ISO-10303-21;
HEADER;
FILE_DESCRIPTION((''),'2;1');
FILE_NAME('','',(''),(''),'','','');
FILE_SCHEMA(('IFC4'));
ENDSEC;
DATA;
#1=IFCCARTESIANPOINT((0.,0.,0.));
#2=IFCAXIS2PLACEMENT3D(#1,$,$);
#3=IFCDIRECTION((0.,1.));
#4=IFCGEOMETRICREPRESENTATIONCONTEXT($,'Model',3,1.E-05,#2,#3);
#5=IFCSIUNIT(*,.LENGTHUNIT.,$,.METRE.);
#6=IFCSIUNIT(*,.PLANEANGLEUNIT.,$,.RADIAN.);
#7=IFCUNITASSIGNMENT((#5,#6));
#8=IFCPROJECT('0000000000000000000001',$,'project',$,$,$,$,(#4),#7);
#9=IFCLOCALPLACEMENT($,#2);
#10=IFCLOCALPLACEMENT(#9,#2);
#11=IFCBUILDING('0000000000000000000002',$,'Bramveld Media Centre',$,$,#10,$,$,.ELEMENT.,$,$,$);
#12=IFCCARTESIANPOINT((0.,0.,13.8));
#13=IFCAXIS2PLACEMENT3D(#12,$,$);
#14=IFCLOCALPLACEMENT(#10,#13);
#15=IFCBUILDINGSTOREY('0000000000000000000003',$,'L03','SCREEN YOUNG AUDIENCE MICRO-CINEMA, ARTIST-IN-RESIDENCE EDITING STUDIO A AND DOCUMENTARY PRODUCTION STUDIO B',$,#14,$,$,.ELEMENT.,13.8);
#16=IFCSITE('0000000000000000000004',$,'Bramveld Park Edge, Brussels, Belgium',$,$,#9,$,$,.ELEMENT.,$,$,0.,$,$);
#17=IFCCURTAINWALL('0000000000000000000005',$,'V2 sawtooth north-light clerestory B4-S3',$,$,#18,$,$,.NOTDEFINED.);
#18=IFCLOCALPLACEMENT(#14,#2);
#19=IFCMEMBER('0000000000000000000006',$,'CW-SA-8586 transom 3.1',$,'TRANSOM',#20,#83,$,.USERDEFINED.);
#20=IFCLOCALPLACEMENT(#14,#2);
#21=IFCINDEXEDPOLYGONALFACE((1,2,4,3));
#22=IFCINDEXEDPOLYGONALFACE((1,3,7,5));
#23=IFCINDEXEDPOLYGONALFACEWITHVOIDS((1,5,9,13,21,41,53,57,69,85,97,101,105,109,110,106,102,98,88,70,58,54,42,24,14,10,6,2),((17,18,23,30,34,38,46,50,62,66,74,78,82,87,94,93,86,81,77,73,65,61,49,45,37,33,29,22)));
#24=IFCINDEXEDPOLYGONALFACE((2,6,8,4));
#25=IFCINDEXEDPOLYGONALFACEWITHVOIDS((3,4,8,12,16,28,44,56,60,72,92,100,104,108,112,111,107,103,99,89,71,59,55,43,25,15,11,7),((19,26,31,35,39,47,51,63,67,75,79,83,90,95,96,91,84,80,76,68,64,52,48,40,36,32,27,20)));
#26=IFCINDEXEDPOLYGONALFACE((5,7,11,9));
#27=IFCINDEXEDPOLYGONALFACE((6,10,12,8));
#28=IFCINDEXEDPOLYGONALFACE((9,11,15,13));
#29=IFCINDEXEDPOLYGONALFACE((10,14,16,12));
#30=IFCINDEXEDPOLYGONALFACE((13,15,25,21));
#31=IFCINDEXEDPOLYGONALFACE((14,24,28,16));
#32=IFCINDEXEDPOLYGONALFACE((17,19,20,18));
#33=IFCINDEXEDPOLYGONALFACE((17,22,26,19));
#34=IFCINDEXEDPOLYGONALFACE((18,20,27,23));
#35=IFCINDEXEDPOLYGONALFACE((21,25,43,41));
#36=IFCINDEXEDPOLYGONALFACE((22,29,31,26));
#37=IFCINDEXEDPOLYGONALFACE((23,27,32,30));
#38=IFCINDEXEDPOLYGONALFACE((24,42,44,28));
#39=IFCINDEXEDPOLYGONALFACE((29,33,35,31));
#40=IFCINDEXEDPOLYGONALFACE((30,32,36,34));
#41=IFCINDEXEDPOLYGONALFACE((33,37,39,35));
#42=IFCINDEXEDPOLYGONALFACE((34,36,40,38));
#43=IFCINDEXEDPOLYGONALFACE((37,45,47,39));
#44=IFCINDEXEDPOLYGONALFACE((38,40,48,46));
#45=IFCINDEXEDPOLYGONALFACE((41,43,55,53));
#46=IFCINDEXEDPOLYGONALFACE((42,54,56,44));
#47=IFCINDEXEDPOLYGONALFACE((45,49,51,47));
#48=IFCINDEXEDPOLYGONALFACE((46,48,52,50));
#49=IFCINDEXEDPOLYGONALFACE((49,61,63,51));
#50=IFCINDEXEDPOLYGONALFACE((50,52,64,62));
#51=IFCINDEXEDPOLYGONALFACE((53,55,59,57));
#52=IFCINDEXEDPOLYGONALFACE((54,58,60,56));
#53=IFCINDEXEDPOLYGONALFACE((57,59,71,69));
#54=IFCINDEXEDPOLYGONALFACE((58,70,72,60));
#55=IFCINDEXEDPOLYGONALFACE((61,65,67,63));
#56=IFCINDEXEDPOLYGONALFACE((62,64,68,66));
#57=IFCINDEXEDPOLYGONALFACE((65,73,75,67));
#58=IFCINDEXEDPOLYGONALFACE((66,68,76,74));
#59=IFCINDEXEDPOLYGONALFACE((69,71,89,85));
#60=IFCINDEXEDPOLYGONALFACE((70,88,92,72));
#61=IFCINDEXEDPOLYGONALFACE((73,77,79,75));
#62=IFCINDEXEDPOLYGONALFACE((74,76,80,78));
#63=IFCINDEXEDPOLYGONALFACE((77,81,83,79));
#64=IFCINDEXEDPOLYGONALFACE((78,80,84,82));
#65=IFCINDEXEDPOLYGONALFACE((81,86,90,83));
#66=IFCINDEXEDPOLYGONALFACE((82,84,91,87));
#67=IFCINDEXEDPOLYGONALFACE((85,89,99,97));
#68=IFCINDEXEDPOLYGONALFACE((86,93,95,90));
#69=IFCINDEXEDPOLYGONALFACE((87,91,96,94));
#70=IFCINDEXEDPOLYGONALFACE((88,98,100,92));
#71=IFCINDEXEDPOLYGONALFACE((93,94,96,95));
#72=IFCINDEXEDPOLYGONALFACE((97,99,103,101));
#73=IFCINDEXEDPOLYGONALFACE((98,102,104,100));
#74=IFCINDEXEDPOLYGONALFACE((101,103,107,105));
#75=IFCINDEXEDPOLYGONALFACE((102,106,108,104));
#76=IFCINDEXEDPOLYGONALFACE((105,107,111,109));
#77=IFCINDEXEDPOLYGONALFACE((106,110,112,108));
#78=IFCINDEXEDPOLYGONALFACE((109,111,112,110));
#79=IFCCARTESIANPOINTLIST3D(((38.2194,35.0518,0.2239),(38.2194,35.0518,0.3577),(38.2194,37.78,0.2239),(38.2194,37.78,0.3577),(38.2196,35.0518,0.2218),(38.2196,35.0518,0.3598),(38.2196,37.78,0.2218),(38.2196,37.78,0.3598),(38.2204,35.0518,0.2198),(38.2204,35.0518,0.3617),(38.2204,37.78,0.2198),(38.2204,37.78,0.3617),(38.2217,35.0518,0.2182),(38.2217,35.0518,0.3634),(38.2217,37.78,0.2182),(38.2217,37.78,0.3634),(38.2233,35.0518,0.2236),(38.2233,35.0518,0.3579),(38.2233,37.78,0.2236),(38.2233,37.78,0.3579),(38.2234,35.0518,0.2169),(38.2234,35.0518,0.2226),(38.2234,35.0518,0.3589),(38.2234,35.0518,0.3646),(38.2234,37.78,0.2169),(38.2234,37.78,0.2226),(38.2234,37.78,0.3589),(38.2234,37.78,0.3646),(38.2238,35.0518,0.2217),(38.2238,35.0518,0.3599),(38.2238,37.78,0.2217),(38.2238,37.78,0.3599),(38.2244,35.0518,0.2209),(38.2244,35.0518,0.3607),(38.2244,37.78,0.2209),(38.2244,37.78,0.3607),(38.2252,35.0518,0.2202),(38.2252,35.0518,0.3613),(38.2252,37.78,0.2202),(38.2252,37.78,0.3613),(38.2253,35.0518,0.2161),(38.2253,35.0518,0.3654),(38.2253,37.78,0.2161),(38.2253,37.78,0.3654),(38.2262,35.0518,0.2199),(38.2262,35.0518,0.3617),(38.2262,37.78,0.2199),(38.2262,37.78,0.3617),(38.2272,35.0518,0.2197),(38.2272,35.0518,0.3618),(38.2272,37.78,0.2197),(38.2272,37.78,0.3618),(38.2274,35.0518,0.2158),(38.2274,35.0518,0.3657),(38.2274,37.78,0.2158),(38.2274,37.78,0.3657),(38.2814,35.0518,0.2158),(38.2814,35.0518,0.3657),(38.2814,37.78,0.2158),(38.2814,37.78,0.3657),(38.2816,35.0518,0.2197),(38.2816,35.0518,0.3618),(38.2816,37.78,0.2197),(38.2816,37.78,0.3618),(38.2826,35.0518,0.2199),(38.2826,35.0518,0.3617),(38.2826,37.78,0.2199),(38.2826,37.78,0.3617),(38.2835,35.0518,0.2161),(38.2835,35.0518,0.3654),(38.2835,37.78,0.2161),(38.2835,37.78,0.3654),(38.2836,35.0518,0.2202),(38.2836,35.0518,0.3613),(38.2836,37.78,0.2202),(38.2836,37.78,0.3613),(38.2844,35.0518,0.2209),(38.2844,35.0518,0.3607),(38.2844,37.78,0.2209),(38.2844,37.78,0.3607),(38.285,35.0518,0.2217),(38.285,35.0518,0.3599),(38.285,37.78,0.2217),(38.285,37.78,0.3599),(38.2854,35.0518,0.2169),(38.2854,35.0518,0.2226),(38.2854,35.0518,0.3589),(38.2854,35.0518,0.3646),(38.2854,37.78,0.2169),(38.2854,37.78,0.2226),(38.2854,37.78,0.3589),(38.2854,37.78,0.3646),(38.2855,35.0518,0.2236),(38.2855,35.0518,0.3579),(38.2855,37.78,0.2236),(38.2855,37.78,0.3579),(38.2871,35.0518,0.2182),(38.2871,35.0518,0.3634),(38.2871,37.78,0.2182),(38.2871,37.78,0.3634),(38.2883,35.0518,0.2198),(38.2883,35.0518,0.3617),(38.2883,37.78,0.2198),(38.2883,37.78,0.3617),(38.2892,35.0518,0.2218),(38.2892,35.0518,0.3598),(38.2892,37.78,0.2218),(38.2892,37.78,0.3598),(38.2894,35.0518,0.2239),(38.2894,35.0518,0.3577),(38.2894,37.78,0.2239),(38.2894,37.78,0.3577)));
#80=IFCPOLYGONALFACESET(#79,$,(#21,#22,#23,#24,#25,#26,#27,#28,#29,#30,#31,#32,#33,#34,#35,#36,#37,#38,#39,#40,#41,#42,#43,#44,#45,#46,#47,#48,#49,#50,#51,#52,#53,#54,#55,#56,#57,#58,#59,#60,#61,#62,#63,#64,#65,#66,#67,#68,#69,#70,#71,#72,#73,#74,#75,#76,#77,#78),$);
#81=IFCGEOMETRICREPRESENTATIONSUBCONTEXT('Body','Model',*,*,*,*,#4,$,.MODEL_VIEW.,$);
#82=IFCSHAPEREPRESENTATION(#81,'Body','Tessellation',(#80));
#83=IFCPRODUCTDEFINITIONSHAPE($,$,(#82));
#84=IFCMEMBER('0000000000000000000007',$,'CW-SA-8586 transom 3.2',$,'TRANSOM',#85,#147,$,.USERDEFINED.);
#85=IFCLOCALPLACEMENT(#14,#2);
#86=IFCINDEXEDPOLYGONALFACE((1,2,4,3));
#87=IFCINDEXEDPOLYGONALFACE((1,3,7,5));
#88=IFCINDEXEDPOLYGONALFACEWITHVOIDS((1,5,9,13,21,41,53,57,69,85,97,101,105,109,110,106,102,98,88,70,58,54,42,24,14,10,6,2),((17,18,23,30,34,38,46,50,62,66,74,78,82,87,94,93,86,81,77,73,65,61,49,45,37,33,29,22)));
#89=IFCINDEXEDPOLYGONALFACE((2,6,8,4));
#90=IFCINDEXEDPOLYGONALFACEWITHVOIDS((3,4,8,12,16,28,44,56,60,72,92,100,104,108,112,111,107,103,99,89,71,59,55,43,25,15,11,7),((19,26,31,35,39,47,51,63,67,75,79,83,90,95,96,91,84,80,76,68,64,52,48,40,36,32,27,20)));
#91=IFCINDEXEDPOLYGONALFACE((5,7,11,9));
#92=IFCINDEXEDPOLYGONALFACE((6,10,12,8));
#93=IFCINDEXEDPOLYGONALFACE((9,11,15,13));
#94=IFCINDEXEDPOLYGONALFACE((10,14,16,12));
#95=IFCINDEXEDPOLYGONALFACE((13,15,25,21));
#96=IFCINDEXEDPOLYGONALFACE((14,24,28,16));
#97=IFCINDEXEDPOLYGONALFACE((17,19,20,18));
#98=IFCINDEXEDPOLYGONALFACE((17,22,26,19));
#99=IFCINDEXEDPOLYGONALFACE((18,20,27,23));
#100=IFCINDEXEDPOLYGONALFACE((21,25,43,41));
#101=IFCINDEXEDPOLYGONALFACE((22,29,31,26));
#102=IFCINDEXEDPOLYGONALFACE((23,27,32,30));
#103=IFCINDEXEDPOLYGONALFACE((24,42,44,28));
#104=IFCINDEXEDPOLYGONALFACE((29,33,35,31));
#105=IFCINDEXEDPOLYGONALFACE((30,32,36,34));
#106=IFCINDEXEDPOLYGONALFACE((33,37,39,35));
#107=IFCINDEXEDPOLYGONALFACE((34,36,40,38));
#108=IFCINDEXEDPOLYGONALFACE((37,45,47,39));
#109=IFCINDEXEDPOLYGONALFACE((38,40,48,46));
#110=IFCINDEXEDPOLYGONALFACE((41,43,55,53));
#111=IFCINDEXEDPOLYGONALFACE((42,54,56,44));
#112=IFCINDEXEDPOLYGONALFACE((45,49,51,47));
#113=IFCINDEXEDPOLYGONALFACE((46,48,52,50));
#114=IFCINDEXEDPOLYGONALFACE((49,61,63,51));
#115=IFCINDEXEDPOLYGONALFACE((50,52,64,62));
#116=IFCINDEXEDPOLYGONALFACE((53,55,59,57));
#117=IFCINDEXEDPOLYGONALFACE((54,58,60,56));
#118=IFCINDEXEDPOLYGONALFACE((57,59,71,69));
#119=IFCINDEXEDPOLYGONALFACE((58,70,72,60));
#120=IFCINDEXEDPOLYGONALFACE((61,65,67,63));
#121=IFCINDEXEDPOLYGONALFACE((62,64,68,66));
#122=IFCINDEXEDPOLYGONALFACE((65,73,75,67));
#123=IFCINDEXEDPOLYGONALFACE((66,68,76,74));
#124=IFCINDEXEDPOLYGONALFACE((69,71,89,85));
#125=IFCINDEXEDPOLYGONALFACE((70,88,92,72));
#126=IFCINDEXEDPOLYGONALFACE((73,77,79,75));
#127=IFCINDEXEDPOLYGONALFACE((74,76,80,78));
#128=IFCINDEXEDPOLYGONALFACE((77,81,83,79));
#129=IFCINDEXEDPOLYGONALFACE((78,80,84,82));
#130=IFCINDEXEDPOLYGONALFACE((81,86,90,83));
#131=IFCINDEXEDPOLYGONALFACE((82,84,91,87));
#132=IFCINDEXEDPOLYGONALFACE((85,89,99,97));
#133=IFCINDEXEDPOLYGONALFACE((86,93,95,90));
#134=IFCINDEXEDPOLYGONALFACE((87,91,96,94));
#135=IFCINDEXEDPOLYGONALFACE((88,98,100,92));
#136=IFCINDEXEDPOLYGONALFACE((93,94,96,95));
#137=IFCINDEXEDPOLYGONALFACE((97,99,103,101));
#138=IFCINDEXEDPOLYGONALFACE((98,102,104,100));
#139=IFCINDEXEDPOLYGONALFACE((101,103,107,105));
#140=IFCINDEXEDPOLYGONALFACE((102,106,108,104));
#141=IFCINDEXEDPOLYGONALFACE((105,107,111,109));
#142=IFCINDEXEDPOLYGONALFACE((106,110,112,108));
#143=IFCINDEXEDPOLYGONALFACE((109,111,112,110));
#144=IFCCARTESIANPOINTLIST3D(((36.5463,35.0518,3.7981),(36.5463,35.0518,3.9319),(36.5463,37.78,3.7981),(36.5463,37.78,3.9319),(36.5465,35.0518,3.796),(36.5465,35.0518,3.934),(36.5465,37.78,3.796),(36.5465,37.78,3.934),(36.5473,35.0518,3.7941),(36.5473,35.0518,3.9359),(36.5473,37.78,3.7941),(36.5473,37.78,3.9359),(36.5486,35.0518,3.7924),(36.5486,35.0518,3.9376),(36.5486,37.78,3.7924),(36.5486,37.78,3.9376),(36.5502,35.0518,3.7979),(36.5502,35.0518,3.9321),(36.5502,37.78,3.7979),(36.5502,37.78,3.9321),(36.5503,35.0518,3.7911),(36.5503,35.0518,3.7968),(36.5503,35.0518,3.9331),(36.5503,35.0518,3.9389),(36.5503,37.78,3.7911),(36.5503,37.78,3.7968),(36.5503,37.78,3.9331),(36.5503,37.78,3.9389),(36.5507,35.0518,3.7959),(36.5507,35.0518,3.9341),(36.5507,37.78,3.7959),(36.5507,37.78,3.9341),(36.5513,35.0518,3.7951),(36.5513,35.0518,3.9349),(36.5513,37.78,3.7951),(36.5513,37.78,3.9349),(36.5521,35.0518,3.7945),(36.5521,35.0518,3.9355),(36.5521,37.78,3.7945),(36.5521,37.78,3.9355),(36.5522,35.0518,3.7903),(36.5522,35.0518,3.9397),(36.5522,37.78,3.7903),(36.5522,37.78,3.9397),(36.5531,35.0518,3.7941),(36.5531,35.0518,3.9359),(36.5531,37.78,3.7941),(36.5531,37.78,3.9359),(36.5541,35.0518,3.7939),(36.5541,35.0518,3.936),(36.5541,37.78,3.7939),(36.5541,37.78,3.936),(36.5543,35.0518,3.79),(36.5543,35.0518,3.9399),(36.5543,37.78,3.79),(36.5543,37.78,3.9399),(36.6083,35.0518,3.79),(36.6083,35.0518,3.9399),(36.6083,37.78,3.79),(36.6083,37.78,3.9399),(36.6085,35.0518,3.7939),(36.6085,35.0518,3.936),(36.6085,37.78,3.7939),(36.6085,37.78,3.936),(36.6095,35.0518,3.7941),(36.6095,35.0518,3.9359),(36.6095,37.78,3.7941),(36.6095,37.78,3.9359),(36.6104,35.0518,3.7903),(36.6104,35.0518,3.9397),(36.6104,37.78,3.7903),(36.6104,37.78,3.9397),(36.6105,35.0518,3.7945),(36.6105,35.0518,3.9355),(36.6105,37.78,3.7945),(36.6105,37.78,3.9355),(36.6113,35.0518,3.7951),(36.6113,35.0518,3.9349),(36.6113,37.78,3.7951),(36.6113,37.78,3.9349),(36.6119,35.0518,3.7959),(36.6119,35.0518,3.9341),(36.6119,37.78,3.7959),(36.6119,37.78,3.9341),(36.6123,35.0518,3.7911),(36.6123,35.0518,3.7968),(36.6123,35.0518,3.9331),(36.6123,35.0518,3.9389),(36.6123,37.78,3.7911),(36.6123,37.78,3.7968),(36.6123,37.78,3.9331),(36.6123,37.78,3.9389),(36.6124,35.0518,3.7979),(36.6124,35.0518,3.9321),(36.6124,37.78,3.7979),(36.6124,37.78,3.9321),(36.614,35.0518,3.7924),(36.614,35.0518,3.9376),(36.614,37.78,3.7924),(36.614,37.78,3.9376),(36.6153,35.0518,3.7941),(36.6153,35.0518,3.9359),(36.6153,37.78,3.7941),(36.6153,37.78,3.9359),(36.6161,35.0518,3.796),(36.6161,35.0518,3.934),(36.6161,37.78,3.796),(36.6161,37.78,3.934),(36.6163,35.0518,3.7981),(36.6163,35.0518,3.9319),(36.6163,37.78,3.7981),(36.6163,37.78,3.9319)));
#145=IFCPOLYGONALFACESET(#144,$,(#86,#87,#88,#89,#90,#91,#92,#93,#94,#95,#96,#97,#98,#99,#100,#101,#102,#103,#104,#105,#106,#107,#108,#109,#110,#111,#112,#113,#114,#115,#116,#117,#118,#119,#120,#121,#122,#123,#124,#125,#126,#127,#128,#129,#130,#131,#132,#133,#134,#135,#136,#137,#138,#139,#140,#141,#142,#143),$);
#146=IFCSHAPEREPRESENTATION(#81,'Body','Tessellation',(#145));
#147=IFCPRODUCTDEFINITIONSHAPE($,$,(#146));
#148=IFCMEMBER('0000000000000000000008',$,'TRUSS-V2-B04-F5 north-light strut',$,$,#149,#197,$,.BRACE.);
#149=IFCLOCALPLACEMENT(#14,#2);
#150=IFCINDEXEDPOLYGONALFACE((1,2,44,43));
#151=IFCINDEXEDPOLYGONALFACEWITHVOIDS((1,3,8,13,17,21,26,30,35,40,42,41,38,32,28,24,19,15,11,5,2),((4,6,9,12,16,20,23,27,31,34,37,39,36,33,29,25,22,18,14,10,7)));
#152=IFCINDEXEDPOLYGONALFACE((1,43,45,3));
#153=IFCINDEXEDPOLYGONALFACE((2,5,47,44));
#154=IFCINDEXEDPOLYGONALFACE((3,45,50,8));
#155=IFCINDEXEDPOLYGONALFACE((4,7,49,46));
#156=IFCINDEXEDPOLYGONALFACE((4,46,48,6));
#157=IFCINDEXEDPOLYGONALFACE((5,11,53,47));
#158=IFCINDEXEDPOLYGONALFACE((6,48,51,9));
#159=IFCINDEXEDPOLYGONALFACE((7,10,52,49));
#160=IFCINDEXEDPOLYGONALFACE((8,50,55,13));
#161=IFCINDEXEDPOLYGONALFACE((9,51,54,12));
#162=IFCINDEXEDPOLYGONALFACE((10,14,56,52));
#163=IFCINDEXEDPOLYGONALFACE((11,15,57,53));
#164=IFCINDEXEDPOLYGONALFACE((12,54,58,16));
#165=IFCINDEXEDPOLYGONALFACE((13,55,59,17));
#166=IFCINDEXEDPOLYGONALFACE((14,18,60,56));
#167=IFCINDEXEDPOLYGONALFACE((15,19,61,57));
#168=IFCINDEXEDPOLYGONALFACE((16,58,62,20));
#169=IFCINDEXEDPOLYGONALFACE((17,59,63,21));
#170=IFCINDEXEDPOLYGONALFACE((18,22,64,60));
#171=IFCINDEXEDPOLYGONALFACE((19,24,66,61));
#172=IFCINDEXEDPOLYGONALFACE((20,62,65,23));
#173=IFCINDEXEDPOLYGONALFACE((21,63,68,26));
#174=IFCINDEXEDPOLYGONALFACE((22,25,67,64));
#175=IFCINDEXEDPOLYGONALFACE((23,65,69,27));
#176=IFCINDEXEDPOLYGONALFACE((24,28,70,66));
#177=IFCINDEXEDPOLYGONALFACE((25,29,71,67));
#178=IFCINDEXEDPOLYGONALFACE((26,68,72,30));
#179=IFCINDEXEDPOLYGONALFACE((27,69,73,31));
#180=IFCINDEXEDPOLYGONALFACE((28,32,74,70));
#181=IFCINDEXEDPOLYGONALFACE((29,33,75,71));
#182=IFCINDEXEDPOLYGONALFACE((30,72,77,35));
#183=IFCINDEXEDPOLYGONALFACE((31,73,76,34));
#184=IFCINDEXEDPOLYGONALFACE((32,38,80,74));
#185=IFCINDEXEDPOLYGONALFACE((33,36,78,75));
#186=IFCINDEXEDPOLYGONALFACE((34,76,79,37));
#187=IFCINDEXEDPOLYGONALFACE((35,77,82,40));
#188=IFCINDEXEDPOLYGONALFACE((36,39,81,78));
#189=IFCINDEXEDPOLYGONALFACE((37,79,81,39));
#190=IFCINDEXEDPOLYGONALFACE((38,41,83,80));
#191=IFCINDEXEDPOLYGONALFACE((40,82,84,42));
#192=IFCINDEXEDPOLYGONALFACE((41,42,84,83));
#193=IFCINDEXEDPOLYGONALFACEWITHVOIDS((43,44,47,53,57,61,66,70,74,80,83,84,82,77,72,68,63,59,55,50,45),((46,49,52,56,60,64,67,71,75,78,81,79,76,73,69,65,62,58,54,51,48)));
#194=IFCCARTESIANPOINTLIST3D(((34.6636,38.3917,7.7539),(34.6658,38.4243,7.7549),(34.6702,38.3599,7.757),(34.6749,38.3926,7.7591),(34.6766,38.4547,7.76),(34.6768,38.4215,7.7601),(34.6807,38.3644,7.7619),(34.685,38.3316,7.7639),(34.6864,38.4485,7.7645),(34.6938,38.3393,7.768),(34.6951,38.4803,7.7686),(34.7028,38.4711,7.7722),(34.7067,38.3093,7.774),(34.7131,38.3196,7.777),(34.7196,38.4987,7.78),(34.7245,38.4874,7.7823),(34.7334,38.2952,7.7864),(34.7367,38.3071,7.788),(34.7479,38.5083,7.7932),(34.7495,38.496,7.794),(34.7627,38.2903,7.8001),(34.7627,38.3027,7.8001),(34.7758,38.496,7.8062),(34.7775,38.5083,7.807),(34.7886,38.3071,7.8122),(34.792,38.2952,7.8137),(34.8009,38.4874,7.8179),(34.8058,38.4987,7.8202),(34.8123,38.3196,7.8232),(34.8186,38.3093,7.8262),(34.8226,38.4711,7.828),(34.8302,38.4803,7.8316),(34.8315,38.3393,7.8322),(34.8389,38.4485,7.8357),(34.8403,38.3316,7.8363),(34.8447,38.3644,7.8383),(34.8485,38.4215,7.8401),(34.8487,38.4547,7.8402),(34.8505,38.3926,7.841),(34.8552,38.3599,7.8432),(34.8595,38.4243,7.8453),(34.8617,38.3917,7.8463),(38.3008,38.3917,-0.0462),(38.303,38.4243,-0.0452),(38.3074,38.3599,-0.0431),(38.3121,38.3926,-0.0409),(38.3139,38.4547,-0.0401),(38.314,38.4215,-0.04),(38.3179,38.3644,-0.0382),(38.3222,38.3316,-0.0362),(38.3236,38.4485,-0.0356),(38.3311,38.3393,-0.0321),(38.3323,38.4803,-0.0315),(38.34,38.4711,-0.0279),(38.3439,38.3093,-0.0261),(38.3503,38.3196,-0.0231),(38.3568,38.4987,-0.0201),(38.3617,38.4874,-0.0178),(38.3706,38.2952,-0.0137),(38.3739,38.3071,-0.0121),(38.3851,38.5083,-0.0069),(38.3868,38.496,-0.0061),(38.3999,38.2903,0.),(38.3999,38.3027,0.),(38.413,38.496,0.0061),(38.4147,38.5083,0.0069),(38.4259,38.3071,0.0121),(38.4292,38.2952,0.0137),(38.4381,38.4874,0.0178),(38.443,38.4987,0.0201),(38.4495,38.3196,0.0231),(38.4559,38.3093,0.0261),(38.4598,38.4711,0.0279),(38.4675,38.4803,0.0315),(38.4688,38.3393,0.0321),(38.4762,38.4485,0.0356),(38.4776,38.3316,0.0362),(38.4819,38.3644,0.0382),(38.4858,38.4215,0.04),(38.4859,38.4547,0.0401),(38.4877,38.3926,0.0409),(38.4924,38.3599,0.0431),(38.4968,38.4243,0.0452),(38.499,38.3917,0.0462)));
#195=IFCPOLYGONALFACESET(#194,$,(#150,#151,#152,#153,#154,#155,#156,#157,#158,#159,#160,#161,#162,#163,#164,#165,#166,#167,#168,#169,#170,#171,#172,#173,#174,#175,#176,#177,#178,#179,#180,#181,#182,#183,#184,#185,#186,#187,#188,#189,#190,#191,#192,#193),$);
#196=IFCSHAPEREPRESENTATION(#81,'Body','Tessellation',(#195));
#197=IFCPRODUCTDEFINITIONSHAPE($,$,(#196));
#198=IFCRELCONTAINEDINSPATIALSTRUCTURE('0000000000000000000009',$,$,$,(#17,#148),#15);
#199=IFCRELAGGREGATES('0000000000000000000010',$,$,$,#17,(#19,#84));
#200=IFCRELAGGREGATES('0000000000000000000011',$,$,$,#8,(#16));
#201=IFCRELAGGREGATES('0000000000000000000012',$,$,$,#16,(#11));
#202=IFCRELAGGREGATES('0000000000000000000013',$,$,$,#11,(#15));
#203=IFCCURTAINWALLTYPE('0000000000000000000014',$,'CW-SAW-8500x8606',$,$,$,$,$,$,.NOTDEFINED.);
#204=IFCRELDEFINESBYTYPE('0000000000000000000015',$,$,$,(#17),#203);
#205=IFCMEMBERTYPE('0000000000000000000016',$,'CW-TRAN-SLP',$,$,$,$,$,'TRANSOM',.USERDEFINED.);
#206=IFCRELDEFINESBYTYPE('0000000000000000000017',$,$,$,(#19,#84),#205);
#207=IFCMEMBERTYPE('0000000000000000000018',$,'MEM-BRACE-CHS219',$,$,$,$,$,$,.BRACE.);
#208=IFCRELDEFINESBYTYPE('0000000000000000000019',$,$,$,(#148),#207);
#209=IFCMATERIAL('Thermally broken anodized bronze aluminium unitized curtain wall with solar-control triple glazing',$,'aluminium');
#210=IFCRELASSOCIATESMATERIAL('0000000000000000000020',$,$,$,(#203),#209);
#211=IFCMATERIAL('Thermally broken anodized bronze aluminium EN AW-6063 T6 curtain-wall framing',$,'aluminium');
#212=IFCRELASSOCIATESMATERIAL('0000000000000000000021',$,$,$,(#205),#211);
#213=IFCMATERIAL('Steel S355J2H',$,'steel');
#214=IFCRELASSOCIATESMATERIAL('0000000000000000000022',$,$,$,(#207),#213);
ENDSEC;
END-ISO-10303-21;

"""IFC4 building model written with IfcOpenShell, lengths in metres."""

from ifc_helpers import new_model, si_unit, direction, frame, origin, origin_2d, place, context, subcontext, project, spatial, hollow_rectangle, hollow_circle, extrude, material, material_profile, profile_set, type_object, element, aggregate, save


model = new_model("IFC4")

# Units and contexts
model_context = context("Model", 3, precision=1e-05, world=origin(), true_north=direction((0.0, 1.0)))
body_context = subcontext(model_context, "Body", "Model", "MODEL_VIEW")
ifc_project = project(units=[si_unit("LENGTHUNIT", "METRE"), si_unit("PLANEANGLEUNIT", "RADIAN")], contexts=[model_context])

# Site, building, storey
site_placement = place(None, origin())
site = spatial("IfcSite", under=ifc_project, at=site_placement, Name="Bramveld Park Edge, Brussels, Belgium", CompositionType="ELEMENT", RefElevation=0.0)
building_placement = place(site_placement, origin())
building = spatial("IfcBuilding", under=site, at=building_placement, Name="Bramveld Media Centre", CompositionType="ELEMENT")
storey_placement = place(building_placement, frame((0.0, 0.0, 13.8)))
storey = spatial("IfcBuildingStorey", under=building, at=storey_placement, Name="L03", Description="SCREEN YOUNG AUDIENCE MICRO-CINEMA, ARTIST-IN-RESIDENCE EDITING STUDIO A AND DOCUMENTARY PRODUCTION STUDIO B", CompositionType="ELEMENT", Elevation=13.8)

# Curtain wall, members
ifc_material_1 = material(Name="Thermally broken anodized bronze aluminium unitized curtain wall with solar-control triple glazing", Category="aluminium")
curtain_wall_type = type_object("IfcCurtainWallType", Name="CW-SAW-8500x8606", PredefinedType="NOTDEFINED", material=ifc_material_1)
curtain_wall_placement = place(storey_placement, origin())
curtain_wall = element("IfcCurtainWall", 1, at=curtain_wall_placement, inside=storey, type_object=curtain_wall_type, Name="V2 sawtooth north-light clerestory B4-S3", PredefinedType="NOTDEFINED")
ifc_material_2 = material(Name="Thermally broken anodized bronze aluminium EN AW-6063 T6 curtain-wall framing", Category="aluminium")
ifc_material_profile_1 = material_profile(ifc_material_2, hollow_rectangle(XDim=0.0701, YDim=0.1499, WallThickness=0.0039, InnerFilletRadius=0.0039, OuterFilletRadius=0.0081, at=origin_2d()), Name="AL-TRAN 70x150")
ifc_profile_set_1 = profile_set([ifc_material_profile_1], Name="Thermally broken anodized bronze aluminium EN AW-6063 T6 curtain-wall framing")
member_type_1 = type_object("IfcMemberType", Name="CW-TRAN-SLP", ElementType="TRANSOM", PredefinedType="USERDEFINED", material=ifc_profile_set_1)
member_1_placement = place(storey_placement, frame((38.2544, 35.0518, 0.2908), z_axis=(0.0, 1.0, 0.0), x_axis=(-1.0, 0.0, 0.0)))
member_1 = element("IfcMember", 2, at=member_1_placement, type_object=member_type_1, Name="CW-SA-8586 transom 3.1", ObjectType="TRANSOM", PredefinedType="USERDEFINED", context=body_context, shape_type="SweptSolid", body=[
    extrude(hollow_rectangle(XDim=0.0701, YDim=0.1499, WallThickness=0.0039, InnerFilletRadius=0.0039, OuterFilletRadius=0.0081, at=origin_2d()), origin(), (0.0, 0.0, 1.0), 2.7283),
])
member_2_placement = place(storey_placement, frame((36.5813, 35.0518, 3.865), z_axis=(0.0, 1.0, 0.0), x_axis=(-1.0, 0.0, 0.0)))
member_2 = element("IfcMember", 3, at=member_2_placement, type_object=member_type_1, Name="CW-SA-8586 transom 3.2", ObjectType="TRANSOM", PredefinedType="USERDEFINED", context=body_context, shape_type="SweptSolid", body=[
    extrude(hollow_rectangle(XDim=0.0701, YDim=0.1499, WallThickness=0.0039, InnerFilletRadius=0.0039, OuterFilletRadius=0.0081, at=origin_2d()), origin(), (0.0, 0.0, 1.0), 2.7283),
])

# Member
ifc_material_3 = material(Name="Steel S355J2H", Category="steel")
ifc_material_profile_2 = material_profile(ifc_material_3, hollow_circle(Radius=0.1096, WallThickness=0.0125, at=origin_2d()), Name="CHS 219.1x12.5")
ifc_profile_set_2 = profile_set([ifc_material_profile_2], Name="Steel S355J2H")
member_type_2 = type_object("IfcMemberType", Name="MEM-BRACE-CHS219", PredefinedType="BRACE", material=ifc_profile_set_2)
member_3_placement = place(storey_placement, frame((38.3999, 38.3999, 0.0), z_axis=(-0.422617, 0.0, 0.906308), x_axis=(0.0, -1.0, 0.0)))
element("IfcMember", 4, at=member_3_placement, inside=storey, type_object=member_type_2, Name="TRUSS-V2-B04-F5 north-light strut", PredefinedType="BRACE", context=body_context, shape_type="SweptSolid", body=[
    extrude(hollow_circle(Radius=0.1096, WallThickness=0.0125, at=origin_2d()), origin(), (0.0, 0.0, 1.0), 8.6064),
])

aggregate(curtain_wall, [member_1, member_2])

save(model, "model.ifc")
